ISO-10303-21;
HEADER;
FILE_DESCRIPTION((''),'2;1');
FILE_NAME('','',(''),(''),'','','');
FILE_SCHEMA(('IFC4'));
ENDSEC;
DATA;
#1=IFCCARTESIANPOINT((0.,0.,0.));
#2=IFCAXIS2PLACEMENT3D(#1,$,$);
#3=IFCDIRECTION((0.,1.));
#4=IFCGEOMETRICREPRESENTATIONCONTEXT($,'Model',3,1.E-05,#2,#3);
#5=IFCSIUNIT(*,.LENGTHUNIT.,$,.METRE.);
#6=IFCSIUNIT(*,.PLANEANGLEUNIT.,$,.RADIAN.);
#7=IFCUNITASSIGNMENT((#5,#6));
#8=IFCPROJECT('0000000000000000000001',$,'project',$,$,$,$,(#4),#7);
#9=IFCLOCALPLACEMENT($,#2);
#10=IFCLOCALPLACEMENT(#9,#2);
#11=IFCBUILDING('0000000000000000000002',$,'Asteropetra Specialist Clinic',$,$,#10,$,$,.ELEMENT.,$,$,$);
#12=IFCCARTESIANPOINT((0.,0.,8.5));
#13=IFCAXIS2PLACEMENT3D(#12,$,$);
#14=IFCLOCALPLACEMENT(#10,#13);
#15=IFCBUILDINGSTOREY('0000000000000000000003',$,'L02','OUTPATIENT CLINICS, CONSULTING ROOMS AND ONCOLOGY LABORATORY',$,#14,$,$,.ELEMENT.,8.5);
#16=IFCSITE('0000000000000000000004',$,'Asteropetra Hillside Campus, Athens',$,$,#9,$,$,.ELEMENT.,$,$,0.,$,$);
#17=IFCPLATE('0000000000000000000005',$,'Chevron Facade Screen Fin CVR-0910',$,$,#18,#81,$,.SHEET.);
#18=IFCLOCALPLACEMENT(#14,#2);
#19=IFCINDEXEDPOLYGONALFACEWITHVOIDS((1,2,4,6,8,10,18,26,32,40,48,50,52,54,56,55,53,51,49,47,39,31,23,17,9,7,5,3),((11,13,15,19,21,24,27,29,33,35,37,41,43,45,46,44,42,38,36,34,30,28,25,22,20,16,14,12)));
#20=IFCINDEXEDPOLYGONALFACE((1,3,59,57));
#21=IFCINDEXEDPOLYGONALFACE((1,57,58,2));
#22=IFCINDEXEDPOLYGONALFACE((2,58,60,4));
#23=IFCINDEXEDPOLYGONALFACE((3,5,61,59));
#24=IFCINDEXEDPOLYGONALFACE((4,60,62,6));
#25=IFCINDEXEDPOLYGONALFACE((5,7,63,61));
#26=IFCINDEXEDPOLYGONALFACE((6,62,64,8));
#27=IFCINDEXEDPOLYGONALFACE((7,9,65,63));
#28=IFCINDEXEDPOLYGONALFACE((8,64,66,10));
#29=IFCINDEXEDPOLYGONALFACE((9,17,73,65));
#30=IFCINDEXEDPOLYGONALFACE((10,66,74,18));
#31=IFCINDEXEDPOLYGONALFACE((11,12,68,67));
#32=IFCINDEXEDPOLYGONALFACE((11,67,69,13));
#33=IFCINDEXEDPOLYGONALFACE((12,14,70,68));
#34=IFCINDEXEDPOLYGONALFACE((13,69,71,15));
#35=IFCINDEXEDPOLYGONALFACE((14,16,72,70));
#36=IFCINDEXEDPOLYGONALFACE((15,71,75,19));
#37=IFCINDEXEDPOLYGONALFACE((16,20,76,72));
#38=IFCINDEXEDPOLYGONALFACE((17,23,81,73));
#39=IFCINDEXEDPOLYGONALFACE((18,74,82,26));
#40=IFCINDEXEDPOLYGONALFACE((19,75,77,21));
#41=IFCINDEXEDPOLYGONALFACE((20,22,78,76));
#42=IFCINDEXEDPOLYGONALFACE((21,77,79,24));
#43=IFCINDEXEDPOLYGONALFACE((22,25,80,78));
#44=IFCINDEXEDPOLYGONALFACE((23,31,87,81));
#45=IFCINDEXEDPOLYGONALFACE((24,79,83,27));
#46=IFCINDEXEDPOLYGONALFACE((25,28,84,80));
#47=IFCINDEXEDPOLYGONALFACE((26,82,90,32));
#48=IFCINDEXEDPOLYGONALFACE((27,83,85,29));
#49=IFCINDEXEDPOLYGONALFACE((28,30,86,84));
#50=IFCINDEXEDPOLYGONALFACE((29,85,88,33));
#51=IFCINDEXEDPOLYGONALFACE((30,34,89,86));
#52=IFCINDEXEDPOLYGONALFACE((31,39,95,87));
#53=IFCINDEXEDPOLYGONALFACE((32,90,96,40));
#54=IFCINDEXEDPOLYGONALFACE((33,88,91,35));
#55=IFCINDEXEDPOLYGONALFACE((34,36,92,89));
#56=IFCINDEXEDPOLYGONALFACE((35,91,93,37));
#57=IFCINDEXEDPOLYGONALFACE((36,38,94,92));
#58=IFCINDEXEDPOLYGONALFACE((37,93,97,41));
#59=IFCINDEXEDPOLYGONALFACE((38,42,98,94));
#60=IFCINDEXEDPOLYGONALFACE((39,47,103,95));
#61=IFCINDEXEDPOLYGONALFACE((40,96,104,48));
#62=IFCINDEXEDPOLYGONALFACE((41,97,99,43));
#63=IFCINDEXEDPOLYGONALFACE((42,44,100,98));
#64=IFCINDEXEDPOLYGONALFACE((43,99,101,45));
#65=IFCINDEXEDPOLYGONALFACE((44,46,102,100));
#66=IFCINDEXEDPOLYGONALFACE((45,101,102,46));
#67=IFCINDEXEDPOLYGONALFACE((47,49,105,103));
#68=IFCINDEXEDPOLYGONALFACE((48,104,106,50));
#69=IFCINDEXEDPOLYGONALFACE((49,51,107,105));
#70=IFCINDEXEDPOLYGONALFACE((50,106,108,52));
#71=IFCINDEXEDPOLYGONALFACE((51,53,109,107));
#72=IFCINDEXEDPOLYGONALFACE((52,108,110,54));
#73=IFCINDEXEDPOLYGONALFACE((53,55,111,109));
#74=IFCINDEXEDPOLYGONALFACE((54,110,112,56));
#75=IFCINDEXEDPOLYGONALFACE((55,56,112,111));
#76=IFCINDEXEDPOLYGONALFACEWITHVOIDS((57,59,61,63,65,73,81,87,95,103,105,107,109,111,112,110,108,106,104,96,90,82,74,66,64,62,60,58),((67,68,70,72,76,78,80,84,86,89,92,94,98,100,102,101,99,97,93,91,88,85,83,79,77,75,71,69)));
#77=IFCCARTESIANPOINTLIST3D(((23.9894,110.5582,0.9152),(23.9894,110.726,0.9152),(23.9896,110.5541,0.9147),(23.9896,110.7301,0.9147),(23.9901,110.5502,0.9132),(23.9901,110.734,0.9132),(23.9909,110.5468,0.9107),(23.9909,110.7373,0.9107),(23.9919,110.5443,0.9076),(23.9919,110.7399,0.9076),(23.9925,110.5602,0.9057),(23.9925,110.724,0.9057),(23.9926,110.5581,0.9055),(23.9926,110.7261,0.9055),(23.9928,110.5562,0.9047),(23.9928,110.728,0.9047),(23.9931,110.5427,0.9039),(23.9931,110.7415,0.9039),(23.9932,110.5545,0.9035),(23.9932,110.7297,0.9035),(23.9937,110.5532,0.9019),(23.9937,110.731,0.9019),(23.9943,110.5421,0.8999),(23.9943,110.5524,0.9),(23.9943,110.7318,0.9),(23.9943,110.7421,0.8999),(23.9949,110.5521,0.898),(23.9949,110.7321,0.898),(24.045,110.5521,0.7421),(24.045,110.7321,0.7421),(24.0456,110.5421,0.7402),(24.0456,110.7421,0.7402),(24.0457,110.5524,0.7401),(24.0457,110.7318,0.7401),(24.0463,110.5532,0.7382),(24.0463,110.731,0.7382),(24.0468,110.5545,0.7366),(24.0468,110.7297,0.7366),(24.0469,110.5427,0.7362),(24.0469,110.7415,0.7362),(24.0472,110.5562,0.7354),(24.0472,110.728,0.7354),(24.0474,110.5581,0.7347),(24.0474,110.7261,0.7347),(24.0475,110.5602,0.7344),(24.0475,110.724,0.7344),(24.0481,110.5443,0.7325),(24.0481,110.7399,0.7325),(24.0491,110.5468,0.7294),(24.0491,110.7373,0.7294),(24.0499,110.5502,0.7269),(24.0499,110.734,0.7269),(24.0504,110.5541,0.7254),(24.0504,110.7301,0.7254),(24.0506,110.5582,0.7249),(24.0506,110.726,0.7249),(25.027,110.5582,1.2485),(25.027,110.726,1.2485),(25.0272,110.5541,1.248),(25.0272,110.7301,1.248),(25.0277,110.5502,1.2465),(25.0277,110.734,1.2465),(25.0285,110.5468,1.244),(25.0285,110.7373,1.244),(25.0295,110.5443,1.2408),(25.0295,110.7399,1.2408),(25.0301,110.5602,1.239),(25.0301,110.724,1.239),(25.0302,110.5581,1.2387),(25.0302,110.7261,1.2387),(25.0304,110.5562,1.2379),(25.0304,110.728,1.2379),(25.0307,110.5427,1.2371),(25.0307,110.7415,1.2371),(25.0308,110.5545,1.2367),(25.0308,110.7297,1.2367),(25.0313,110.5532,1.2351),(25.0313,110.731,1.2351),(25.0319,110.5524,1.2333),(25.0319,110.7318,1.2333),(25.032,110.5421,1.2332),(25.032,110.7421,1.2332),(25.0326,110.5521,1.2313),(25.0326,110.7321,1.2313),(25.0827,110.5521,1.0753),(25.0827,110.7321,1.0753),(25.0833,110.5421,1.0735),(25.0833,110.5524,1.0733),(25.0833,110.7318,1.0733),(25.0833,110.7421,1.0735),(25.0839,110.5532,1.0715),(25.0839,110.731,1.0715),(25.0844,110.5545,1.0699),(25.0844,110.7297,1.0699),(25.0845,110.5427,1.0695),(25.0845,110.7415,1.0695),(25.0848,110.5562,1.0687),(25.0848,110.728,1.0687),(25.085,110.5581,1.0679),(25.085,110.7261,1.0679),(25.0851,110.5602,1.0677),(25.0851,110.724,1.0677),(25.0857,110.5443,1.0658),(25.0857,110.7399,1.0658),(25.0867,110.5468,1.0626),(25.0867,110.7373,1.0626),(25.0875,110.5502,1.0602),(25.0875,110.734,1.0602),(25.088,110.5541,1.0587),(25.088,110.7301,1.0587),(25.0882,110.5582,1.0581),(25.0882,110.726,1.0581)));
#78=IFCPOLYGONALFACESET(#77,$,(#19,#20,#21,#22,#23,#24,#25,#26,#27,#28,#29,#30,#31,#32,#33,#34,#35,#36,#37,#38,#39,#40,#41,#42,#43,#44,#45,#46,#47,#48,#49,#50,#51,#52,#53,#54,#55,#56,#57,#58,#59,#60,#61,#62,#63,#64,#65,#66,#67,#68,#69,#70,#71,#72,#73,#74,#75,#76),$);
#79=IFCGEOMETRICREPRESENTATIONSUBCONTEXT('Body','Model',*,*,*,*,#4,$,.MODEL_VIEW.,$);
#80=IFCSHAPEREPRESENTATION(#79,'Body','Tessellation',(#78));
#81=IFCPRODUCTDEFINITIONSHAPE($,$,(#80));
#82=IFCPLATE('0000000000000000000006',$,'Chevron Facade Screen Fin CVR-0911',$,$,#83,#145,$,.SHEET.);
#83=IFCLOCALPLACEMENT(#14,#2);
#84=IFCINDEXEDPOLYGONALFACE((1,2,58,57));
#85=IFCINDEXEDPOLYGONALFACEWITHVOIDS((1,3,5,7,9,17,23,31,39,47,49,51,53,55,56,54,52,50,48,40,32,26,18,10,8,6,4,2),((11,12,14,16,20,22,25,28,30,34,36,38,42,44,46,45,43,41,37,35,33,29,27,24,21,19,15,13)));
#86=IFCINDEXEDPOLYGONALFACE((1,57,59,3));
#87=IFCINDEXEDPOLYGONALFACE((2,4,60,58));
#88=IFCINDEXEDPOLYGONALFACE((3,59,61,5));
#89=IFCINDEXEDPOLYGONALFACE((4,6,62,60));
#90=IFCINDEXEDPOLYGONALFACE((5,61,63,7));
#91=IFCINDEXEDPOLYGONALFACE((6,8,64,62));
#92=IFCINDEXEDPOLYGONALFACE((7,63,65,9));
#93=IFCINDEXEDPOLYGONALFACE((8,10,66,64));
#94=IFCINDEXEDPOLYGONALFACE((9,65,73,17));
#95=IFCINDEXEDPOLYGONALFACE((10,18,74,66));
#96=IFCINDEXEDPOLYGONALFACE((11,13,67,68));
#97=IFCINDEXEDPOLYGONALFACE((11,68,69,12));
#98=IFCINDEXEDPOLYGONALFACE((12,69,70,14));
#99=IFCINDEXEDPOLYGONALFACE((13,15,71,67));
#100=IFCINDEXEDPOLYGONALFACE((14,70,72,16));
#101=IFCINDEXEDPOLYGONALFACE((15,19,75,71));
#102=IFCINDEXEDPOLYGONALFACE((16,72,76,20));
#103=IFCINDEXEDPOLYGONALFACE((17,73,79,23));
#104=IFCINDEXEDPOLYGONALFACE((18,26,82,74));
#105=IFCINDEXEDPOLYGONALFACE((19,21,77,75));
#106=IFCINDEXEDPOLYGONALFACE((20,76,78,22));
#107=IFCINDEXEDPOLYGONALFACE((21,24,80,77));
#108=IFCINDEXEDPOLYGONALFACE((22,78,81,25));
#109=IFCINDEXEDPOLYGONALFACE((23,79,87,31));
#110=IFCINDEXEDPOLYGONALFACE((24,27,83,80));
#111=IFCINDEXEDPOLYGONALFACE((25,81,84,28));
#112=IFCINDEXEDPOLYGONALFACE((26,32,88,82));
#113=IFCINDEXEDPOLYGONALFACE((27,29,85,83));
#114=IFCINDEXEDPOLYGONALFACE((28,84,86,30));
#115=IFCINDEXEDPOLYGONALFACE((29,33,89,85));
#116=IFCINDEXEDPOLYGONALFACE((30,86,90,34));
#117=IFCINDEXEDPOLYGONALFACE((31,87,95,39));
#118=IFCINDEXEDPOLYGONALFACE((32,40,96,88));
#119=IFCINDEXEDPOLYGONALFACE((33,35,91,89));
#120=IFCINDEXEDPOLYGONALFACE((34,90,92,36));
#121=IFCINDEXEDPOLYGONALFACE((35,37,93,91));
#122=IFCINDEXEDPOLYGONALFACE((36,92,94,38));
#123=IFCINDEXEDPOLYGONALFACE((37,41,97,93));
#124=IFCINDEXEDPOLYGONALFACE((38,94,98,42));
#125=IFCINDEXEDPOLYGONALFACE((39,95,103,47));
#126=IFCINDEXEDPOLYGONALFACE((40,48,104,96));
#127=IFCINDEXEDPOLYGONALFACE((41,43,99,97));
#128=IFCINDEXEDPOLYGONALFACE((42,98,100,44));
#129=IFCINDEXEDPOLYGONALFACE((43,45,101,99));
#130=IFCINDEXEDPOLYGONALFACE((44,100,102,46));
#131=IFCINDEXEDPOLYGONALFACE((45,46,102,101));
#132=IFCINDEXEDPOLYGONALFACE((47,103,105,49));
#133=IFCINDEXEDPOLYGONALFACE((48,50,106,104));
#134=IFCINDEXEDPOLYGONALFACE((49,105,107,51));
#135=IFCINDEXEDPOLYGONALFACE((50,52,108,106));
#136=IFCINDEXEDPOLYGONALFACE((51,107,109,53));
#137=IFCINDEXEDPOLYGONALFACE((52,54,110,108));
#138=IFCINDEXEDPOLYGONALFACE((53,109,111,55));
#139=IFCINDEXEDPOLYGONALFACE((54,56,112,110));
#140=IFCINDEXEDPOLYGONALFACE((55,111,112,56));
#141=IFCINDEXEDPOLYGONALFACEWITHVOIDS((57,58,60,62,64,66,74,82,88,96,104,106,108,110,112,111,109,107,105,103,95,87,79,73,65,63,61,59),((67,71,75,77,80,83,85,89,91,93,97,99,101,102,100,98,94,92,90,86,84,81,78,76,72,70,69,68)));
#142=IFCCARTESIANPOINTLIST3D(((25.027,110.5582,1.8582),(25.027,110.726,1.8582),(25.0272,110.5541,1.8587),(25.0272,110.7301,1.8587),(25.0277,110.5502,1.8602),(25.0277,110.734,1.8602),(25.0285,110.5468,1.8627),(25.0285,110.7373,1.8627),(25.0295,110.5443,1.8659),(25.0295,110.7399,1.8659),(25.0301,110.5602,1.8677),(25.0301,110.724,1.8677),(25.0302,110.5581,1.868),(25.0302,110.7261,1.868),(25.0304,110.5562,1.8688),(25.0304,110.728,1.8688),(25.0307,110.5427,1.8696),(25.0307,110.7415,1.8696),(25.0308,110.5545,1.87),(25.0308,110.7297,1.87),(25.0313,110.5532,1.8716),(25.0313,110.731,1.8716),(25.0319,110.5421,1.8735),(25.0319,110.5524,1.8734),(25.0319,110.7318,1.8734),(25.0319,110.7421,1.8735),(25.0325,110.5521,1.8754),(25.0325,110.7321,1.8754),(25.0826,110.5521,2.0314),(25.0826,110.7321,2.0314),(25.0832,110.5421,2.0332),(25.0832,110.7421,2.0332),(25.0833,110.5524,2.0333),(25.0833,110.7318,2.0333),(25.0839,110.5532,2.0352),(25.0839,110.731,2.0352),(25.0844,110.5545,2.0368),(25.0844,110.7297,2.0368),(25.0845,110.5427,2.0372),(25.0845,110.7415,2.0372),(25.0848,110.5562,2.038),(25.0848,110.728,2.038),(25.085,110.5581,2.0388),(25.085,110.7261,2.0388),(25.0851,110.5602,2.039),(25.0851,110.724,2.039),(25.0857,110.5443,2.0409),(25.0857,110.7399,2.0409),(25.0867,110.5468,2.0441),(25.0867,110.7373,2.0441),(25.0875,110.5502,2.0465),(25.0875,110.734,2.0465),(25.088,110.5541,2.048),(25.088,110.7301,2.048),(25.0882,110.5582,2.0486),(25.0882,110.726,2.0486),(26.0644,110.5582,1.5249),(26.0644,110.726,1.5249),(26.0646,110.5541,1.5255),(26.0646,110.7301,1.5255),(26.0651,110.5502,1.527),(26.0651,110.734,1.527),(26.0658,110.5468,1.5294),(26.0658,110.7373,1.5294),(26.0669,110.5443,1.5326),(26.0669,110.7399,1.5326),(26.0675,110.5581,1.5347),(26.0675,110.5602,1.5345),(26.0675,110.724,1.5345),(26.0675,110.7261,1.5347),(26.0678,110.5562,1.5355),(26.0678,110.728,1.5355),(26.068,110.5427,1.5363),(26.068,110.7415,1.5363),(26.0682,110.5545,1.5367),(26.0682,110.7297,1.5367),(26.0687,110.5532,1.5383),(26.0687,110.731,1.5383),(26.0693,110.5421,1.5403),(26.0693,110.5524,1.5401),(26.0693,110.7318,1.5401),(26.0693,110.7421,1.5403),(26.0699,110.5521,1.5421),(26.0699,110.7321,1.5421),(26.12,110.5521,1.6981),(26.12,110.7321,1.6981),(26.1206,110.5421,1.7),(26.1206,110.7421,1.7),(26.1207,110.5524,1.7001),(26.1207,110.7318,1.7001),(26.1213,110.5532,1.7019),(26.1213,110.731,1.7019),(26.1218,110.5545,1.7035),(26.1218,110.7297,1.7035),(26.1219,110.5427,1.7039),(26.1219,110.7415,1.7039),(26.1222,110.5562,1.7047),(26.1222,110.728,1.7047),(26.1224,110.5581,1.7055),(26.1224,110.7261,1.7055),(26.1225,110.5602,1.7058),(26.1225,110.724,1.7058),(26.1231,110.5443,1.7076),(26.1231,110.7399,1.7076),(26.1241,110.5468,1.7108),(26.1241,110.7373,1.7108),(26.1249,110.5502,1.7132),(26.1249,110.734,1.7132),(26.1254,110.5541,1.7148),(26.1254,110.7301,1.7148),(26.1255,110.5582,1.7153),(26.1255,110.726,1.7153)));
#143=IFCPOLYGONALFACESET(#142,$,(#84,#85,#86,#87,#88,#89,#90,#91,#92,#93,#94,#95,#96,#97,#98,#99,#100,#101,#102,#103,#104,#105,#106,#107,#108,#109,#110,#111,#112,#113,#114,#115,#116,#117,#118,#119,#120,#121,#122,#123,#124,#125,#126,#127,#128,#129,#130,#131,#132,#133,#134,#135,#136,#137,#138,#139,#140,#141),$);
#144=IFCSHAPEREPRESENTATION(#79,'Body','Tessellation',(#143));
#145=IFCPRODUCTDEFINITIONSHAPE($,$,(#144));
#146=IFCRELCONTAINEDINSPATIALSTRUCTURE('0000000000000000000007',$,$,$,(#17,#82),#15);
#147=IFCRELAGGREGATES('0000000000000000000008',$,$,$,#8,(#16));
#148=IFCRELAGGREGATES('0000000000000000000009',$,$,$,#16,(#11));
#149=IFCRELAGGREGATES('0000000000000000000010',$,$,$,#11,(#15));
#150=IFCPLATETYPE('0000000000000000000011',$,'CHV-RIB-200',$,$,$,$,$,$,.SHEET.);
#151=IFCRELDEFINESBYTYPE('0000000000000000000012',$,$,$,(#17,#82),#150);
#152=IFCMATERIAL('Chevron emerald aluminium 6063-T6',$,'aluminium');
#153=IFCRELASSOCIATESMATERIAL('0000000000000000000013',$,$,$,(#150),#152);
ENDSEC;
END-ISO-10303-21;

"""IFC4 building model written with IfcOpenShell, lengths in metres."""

from ifc_helpers import new_model, si_unit, direction, frame, origin, origin_2d, place, context, subcontext, project, spatial, hollow_rectangle, extrude, material, material_profile, profile_set, type_object, element, save


model = new_model("IFC4")

# Units and contexts
model_context = context("Model", 3, precision=1e-05, world=origin(), true_north=direction((0.0, 1.0)))
body_context = subcontext(model_context, "Body", "Model", "MODEL_VIEW")
ifc_project = project(units=[si_unit("LENGTHUNIT", "METRE"), si_unit("PLANEANGLEUNIT", "RADIAN")], contexts=[model_context])

# Site, building, storey
site_placement = place(None, origin())
site = spatial("IfcSite", under=ifc_project, at=site_placement, Name="Asteropetra Hillside Campus, Athens", CompositionType="ELEMENT", RefElevation=0.0)
building_placement = place(site_placement, origin())
building = spatial("IfcBuilding", under=site, at=building_placement, Name="Asteropetra Specialist Clinic", CompositionType="ELEMENT")
storey_placement = place(building_placement, frame((0.0, 0.0, 8.5)))
storey = spatial("IfcBuildingStorey", under=building, at=storey_placement, Name="L02", Description="OUTPATIENT CLINICS, CONSULTING ROOMS AND ONCOLOGY LABORATORY", CompositionType="ELEMENT", Elevation=8.5)

# Plates
ifc_material = material(Name="Chevron emerald aluminium 6063-T6", Category="aluminium")
ifc_material_profile = material_profile(ifc_material, hollow_rectangle(XDim=0.2, YDim=0.2, WallThickness=0.01, InnerFilletRadius=0.0081, OuterFilletRadius=0.0161, at=origin_2d()), Name="SHS 200x200x10.0")
ifc_profile_set = profile_set([ifc_material_profile], Name="Chevron emerald aluminium 6063-T6")
plate_type = type_object("IfcPlateType", Name="CHV-RIB-200", PredefinedType="SHEET", material=ifc_profile_set)
plate_1_placement = place(storey_placement, frame((25.0576, 110.6421, 1.1533), z_axis=(-0.952098, 0.0, -0.305792), x_axis=(0.0, -1.0, 0.0)))
element("IfcPlate", 1, at=plate_1_placement, inside=storey, type_object=plate_type, Name="Chevron Facade Screen Fin CVR-0910", PredefinedType="SHEET", context=body_context, shape_type="SweptSolid", body=[
    extrude(hollow_rectangle(XDim=0.2, YDim=0.2, WallThickness=0.01, InnerFilletRadius=0.0081, OuterFilletRadius=0.0161, at=origin_2d()), origin(), (0.0, 0.0, 1.0), 1.0898),
])
plate_2_placement = place(storey_placement, frame((26.095, 110.6421, 1.6201), z_axis=(-0.952078, 0.0, 0.305857), x_axis=(0.0, -1.0, 0.0)))
element("IfcPlate", 2, at=plate_2_placement, inside=storey, type_object=plate_type, Name="Chevron Facade Screen Fin CVR-0911", PredefinedType="SHEET", context=body_context, shape_type="SweptSolid", body=[
    extrude(hollow_rectangle(XDim=0.2, YDim=0.2, WallThickness=0.01, InnerFilletRadius=0.0081, OuterFilletRadius=0.0161, at=origin_2d()), origin(), (0.0, 0.0, 1.0), 1.0896),
])

save(model, "model.ifc")
